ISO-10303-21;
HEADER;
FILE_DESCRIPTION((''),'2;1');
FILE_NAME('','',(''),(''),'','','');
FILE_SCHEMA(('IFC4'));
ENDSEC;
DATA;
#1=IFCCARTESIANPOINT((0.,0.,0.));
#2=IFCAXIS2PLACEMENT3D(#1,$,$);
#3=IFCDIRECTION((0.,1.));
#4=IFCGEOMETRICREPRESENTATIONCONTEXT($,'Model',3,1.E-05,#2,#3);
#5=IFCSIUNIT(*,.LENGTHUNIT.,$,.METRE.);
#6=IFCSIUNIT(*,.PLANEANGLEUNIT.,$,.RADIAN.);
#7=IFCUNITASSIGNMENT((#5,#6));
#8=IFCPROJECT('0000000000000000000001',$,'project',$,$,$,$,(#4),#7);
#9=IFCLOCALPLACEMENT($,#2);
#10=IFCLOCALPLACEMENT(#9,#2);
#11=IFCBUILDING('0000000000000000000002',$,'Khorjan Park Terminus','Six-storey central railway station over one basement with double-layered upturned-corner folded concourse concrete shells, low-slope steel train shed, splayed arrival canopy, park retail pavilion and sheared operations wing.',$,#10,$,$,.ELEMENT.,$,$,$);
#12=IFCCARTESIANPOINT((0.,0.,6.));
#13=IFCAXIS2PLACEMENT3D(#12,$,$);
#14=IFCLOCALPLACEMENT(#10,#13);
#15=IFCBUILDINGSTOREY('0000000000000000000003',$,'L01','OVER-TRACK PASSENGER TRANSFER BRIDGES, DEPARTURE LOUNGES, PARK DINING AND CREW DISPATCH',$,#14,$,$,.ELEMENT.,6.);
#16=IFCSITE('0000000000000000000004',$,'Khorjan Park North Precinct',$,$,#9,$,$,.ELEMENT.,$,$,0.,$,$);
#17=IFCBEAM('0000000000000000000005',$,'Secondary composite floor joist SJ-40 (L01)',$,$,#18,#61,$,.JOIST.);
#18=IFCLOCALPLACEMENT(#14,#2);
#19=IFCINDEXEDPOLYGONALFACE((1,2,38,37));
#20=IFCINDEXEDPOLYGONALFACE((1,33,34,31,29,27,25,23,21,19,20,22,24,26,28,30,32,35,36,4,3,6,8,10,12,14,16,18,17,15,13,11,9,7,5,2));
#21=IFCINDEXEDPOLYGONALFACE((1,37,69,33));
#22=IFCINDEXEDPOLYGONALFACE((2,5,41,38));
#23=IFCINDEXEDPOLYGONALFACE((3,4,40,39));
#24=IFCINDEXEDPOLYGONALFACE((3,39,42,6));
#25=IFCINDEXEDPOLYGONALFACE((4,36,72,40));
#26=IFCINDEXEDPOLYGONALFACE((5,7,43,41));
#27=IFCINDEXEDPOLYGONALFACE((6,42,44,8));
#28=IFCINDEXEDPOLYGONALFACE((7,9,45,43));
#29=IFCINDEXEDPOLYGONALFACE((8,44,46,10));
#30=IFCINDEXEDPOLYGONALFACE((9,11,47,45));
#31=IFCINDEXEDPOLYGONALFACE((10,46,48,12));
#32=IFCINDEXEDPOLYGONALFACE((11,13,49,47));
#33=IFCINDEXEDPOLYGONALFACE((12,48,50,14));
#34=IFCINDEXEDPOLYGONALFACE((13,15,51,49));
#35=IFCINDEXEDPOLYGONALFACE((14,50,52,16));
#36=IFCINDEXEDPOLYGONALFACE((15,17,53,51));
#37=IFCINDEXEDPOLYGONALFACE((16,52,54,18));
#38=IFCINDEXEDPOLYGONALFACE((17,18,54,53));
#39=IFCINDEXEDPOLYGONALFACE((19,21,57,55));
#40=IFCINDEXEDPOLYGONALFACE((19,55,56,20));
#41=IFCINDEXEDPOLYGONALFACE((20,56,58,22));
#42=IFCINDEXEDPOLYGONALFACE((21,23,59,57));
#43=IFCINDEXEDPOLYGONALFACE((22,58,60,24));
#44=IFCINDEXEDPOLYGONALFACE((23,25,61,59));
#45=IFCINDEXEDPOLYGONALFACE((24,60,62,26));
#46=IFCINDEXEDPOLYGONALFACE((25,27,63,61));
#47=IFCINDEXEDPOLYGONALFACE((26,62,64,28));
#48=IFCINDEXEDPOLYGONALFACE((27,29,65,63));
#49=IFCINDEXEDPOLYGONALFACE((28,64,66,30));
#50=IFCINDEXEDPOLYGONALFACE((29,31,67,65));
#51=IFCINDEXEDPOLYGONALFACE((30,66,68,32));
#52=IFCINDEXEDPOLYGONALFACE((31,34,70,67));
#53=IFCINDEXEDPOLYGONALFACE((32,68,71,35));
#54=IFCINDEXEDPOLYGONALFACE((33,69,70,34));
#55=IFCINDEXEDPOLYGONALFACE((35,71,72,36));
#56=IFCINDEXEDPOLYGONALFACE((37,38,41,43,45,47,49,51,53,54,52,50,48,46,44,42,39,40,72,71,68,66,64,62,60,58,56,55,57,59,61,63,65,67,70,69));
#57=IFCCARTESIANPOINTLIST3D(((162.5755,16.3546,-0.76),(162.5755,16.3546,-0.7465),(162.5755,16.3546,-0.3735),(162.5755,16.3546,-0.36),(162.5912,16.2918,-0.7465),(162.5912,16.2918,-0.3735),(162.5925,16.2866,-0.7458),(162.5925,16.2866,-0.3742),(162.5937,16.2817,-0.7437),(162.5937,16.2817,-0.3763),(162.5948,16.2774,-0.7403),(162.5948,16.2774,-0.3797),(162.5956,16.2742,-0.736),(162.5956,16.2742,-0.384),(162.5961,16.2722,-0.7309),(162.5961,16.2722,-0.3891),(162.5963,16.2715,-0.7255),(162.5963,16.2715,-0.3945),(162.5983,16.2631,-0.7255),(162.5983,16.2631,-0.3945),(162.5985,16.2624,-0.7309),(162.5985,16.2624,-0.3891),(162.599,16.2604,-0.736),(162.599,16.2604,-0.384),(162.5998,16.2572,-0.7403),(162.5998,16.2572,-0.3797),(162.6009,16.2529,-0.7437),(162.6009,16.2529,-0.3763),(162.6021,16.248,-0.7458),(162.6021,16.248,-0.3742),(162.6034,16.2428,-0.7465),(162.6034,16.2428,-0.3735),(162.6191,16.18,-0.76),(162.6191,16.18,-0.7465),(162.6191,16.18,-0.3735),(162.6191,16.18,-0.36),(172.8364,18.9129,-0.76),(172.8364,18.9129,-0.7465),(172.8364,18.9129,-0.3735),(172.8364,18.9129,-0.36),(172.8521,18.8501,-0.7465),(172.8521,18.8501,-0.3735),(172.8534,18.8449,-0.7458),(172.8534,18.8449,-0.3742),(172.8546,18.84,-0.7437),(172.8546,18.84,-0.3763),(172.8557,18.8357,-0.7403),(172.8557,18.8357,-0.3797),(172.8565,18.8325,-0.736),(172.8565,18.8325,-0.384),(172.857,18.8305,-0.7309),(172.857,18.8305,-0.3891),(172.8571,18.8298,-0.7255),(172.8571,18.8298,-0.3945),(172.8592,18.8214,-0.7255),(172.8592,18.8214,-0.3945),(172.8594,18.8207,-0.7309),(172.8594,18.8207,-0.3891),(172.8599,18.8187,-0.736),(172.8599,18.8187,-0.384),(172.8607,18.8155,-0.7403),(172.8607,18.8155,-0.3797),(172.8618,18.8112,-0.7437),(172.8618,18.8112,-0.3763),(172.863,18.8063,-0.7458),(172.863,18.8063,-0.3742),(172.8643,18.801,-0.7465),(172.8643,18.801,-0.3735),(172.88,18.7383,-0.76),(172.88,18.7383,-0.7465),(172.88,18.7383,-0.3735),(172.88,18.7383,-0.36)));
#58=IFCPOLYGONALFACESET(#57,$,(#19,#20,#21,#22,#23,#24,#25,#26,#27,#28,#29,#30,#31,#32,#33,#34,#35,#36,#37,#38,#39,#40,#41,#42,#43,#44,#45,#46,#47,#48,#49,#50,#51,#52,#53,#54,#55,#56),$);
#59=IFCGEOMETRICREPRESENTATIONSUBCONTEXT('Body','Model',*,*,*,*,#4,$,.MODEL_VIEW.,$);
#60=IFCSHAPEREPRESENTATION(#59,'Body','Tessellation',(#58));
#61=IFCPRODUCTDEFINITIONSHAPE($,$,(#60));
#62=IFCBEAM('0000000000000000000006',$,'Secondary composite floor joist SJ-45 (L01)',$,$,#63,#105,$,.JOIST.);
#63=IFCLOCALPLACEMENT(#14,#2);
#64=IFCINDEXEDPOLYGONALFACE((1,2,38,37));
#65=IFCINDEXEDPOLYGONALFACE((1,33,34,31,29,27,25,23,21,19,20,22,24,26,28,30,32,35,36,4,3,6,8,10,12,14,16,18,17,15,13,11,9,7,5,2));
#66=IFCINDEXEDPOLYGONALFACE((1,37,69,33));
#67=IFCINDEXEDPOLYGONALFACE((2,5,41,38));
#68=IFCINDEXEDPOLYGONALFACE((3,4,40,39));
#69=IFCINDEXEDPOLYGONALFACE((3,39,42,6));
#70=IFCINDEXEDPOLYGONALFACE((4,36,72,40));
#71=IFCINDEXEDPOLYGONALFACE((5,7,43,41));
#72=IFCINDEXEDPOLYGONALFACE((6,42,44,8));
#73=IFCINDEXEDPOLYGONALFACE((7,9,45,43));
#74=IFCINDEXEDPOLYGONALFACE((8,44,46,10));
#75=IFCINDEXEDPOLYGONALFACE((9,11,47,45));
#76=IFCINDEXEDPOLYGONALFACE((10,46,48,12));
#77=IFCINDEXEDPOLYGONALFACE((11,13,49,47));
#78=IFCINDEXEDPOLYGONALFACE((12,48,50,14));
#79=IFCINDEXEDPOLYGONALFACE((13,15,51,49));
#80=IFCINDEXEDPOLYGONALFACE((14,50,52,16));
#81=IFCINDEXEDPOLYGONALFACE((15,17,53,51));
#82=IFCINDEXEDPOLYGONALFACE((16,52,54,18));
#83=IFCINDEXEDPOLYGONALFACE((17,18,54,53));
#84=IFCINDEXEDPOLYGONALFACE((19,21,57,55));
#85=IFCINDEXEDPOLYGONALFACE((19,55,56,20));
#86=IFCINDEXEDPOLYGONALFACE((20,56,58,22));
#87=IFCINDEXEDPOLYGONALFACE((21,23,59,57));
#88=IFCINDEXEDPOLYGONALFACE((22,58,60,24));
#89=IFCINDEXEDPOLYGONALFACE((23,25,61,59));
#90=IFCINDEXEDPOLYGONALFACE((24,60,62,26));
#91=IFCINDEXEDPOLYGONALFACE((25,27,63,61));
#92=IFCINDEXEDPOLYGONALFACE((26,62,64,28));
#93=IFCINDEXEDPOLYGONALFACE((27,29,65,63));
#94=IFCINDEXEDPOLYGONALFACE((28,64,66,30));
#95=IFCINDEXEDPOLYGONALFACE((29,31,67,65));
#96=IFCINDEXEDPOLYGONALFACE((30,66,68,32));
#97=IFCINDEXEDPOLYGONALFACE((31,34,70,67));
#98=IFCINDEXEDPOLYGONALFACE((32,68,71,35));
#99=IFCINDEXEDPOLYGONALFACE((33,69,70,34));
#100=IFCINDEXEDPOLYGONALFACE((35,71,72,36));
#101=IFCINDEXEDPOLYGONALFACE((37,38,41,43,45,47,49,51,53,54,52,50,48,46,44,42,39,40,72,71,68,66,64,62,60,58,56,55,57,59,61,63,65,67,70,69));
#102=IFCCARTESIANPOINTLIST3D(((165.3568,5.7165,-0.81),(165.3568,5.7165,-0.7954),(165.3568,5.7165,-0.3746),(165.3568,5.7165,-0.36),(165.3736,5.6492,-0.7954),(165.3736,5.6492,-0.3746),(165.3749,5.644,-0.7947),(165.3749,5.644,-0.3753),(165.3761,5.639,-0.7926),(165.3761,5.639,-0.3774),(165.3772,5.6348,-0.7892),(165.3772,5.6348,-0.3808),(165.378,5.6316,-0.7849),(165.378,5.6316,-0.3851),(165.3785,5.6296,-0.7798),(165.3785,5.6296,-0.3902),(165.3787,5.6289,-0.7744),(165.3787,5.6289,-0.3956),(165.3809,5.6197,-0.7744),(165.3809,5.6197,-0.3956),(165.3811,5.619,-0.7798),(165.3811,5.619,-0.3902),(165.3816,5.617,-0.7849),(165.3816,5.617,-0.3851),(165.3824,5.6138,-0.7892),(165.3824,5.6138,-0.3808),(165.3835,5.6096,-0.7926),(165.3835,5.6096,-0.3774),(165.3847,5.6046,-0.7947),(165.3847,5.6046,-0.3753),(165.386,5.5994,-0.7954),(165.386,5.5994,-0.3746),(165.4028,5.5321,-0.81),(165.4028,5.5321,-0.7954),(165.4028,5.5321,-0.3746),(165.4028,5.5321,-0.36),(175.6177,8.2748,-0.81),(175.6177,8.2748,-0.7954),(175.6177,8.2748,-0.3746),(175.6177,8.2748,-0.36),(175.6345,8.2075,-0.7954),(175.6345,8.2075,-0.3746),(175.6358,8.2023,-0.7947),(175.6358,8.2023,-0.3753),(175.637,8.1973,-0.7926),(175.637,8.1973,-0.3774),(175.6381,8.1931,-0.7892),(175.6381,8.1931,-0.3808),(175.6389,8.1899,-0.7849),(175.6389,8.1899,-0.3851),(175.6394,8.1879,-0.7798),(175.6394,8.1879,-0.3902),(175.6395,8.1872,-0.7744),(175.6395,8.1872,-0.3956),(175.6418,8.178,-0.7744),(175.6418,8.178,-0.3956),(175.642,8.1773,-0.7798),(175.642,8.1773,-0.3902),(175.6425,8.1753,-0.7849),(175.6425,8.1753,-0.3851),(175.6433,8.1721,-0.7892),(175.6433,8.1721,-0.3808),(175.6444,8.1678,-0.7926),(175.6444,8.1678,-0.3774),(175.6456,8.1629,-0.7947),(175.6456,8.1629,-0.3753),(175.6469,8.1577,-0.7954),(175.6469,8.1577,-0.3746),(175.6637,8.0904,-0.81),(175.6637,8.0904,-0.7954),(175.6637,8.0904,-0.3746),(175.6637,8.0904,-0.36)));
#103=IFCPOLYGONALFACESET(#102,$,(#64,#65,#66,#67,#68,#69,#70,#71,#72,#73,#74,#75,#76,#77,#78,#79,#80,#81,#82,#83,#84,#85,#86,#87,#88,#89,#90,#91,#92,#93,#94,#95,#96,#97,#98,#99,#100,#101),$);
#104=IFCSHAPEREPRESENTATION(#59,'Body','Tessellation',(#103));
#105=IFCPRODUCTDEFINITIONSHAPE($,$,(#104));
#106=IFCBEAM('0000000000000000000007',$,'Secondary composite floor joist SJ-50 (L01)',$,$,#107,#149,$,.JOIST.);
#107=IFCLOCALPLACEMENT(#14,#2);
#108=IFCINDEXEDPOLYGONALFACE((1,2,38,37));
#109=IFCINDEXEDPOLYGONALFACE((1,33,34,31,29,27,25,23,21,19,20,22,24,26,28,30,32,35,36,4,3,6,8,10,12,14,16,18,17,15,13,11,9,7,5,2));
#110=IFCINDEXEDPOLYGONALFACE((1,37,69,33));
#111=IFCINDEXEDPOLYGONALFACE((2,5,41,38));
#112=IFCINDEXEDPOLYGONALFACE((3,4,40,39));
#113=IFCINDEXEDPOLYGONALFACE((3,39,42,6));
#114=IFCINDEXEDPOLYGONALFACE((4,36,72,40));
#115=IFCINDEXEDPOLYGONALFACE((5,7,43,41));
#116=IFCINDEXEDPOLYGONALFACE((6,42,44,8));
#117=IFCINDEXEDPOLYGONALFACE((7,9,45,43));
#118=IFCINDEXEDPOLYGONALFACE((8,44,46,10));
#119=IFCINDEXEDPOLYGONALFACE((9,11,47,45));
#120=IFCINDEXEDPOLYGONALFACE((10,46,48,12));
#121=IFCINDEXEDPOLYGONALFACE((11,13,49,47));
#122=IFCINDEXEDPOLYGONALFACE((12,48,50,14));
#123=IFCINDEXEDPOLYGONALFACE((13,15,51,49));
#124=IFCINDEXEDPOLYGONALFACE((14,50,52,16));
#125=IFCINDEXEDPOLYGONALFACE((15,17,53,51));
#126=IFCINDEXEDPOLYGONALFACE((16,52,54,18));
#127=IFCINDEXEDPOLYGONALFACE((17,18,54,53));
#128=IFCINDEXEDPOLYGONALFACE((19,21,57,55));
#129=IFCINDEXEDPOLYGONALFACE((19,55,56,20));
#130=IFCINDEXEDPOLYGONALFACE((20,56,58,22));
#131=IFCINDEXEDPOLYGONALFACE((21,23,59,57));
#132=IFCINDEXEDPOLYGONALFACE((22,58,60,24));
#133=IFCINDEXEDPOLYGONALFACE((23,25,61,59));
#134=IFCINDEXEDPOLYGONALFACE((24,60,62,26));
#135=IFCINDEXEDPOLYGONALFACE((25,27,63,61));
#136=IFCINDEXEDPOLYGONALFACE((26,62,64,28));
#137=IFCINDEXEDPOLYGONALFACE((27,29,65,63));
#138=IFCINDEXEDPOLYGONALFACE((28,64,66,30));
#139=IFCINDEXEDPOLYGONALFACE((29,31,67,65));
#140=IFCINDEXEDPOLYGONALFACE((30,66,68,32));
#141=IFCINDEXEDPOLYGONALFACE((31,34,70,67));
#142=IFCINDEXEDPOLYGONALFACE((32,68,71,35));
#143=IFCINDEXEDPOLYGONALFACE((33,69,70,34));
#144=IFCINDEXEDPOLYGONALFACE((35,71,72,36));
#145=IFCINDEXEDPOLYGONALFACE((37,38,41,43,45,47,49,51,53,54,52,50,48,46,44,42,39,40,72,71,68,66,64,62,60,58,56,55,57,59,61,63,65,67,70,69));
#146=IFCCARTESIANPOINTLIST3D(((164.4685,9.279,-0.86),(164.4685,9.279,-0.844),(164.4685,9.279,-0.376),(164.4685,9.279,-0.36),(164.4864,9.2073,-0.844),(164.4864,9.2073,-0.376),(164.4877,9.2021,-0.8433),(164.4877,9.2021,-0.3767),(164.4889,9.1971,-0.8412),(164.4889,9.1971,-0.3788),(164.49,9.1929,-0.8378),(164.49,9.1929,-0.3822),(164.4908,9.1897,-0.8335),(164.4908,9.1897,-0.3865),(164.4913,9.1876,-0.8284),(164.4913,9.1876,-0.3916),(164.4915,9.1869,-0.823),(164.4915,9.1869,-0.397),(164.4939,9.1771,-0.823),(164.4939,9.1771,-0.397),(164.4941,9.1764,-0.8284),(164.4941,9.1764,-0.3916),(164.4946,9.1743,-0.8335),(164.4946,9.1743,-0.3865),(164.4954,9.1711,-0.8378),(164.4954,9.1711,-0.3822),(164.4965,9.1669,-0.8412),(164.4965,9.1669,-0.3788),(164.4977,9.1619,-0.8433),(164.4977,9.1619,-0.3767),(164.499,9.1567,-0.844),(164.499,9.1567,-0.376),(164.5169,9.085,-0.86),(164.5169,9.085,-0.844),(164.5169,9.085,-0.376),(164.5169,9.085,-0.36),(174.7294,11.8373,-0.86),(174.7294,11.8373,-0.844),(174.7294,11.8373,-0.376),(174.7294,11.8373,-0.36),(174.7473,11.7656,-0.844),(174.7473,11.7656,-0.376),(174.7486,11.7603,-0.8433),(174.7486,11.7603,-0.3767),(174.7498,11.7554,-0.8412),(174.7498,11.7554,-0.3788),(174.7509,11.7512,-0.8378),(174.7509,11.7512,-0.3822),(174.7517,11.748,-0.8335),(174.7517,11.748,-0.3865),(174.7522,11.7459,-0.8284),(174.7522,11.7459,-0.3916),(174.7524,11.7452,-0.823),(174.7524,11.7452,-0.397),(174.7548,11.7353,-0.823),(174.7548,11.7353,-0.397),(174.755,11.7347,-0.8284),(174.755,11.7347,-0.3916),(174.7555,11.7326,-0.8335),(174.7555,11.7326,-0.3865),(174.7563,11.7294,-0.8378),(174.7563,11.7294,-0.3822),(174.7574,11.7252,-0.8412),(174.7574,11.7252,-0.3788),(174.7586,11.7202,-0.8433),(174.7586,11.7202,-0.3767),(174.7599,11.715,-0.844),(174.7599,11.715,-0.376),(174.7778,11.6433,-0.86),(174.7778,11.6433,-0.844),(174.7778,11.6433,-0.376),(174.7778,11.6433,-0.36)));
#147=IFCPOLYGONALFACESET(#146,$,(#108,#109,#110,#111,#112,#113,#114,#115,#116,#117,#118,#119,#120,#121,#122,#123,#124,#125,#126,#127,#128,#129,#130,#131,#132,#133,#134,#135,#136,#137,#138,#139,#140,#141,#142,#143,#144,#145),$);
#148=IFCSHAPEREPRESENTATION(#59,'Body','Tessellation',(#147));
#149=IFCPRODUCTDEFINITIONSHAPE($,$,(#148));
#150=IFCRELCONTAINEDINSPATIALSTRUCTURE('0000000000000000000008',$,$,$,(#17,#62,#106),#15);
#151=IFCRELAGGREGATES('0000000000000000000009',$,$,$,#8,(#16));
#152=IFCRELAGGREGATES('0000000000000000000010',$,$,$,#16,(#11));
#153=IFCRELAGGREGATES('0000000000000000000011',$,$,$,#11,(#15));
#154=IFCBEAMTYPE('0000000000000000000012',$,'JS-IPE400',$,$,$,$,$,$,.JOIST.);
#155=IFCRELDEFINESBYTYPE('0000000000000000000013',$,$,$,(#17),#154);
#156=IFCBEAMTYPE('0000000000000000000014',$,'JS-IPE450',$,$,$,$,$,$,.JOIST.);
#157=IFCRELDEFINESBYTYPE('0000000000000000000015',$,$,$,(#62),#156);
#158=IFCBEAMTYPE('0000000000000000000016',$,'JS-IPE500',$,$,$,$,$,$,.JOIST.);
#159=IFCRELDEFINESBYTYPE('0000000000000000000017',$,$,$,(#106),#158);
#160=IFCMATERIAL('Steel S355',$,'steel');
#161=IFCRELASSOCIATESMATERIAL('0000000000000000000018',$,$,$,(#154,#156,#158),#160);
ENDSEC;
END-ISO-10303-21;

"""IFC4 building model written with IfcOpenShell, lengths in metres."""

from ifc_helpers import new_model, si_unit, direction, frame, origin, origin_2d, place, context, subcontext, project, spatial, i_section, extrude, material, material_profile, profile_set, type_object, element, save


model = new_model("IFC4")

# Units and contexts
model_context = context("Model", 3, precision=1e-05, world=origin(), true_north=direction((0.0, 1.0)))
body_context = subcontext(model_context, "Body", "Model", "MODEL_VIEW")
ifc_project = project(units=[si_unit("LENGTHUNIT", "METRE"), si_unit("PLANEANGLEUNIT", "RADIAN")], contexts=[model_context])

# Site, building, storey
site_placement = place(None, origin())
site = spatial("IfcSite", under=ifc_project, at=site_placement, Name="Khorjan Park North Precinct", CompositionType="ELEMENT", RefElevation=0.0)
building_placement = place(site_placement, origin())
building = spatial("IfcBuilding", under=site, at=building_placement, Name="Khorjan Park Terminus", Description="Six-storey central railway station over one basement with double-layered upturned-corner folded concourse concrete shells, low-slope steel train shed, splayed arrival canopy, park retail pavilion and sheared operations wing.", CompositionType="ELEMENT")
storey_placement = place(building_placement, frame((0.0, 0.0, 6.0)))
storey = spatial("IfcBuildingStorey", under=building, at=storey_placement, Name="L01", Description="OVER-TRACK PASSENGER TRANSFER BRIDGES, DEPARTURE LOUNGES, PARK DINING AND CREW DISPATCH", CompositionType="ELEMENT", Elevation=6.0)

# Beams
ifc_material_1 = material(Name="Steel S355", Category="steel")
ifc_material_profile_1 = material_profile(ifc_material_1, i_section(OverallWidth=0.18, OverallDepth=0.4, WebThickness=0.0086, FlangeThickness=0.0135, FilletRadius=0.021, at=origin_2d()), Name="IPE 400")
ifc_profile_set_1 = profile_set([ifc_material_profile_1], Name="Steel S355")
beam_type_1 = type_object("IfcBeamType", Name="JS-IPE400", PredefinedType="JOIST", material=ifc_profile_set_1)
beam_1_placement = place(storey_placement, frame((162.5973, 16.2673, -0.56), z_axis=(0.970296, 0.241919, 0.0), x_axis=(-0.241919, 0.970296, 0.0)))
element("IfcBeam", 1, at=beam_1_placement, inside=storey, type_object=beam_type_1, Name="Secondary composite floor joist SJ-40 (L01)", PredefinedType="JOIST", context=body_context, shape_type="SweptSolid", body=[
    extrude(i_section(OverallWidth=0.18, OverallDepth=0.4, WebThickness=0.0086, FlangeThickness=0.0135, FilletRadius=0.021, at=origin_2d()), origin(), (0.0, 0.0, 1.0), 10.575),
])
ifc_material_profile_2 = material_profile(ifc_material_1, i_section(OverallWidth=0.19, OverallDepth=0.45, WebThickness=0.0094, FlangeThickness=0.0146, FilletRadius=0.021, at=origin_2d()), Name="IPE 450")
ifc_profile_set_2 = profile_set([ifc_material_profile_2], Name="Steel S355")
beam_type_2 = type_object("IfcBeamType", Name="JS-IPE450", PredefinedType="JOIST", material=ifc_profile_set_2)
beam_2_placement = place(storey_placement, frame((165.3798, 5.6243, -0.585), z_axis=(0.970296, 0.241919, 0.0), x_axis=(-0.241919, 0.970296, 0.0)))
element("IfcBeam", 2, at=beam_2_placement, inside=storey, type_object=beam_type_2, Name="Secondary composite floor joist SJ-45 (L01)", PredefinedType="JOIST", context=body_context, shape_type="SweptSolid", body=[
    extrude(i_section(OverallWidth=0.19, OverallDepth=0.45, WebThickness=0.0094, FlangeThickness=0.0146, FilletRadius=0.021, at=origin_2d()), origin(), (0.0, 0.0, 1.0), 10.575),
])
ifc_material_profile_3 = material_profile(ifc_material_1, i_section(OverallWidth=0.2, OverallDepth=0.5, WebThickness=0.0102, FlangeThickness=0.016, FilletRadius=0.021, at=origin_2d()), Name="IPE 500")
ifc_profile_set_3 = profile_set([ifc_material_profile_3], Name="Steel S355")
beam_type_3 = type_object("IfcBeamType", Name="JS-IPE500", PredefinedType="JOIST", material=ifc_profile_set_3)
beam_3_placement = place(storey_placement, frame((164.4927, 9.182, -0.61), z_axis=(0.970296, 0.241919, 0.0), x_axis=(-0.241919, 0.970296, 0.0)))
element("IfcBeam", 3, at=beam_3_placement, inside=storey, type_object=beam_type_3, Name="Secondary composite floor joist SJ-50 (L01)", PredefinedType="JOIST", context=body_context, shape_type="SweptSolid", body=[
    extrude(i_section(OverallWidth=0.2, OverallDepth=0.5, WebThickness=0.0102, FlangeThickness=0.016, FilletRadius=0.021, at=origin_2d()), origin(), (0.0, 0.0, 1.0), 10.575),
])

save(model, "model.ifc")
